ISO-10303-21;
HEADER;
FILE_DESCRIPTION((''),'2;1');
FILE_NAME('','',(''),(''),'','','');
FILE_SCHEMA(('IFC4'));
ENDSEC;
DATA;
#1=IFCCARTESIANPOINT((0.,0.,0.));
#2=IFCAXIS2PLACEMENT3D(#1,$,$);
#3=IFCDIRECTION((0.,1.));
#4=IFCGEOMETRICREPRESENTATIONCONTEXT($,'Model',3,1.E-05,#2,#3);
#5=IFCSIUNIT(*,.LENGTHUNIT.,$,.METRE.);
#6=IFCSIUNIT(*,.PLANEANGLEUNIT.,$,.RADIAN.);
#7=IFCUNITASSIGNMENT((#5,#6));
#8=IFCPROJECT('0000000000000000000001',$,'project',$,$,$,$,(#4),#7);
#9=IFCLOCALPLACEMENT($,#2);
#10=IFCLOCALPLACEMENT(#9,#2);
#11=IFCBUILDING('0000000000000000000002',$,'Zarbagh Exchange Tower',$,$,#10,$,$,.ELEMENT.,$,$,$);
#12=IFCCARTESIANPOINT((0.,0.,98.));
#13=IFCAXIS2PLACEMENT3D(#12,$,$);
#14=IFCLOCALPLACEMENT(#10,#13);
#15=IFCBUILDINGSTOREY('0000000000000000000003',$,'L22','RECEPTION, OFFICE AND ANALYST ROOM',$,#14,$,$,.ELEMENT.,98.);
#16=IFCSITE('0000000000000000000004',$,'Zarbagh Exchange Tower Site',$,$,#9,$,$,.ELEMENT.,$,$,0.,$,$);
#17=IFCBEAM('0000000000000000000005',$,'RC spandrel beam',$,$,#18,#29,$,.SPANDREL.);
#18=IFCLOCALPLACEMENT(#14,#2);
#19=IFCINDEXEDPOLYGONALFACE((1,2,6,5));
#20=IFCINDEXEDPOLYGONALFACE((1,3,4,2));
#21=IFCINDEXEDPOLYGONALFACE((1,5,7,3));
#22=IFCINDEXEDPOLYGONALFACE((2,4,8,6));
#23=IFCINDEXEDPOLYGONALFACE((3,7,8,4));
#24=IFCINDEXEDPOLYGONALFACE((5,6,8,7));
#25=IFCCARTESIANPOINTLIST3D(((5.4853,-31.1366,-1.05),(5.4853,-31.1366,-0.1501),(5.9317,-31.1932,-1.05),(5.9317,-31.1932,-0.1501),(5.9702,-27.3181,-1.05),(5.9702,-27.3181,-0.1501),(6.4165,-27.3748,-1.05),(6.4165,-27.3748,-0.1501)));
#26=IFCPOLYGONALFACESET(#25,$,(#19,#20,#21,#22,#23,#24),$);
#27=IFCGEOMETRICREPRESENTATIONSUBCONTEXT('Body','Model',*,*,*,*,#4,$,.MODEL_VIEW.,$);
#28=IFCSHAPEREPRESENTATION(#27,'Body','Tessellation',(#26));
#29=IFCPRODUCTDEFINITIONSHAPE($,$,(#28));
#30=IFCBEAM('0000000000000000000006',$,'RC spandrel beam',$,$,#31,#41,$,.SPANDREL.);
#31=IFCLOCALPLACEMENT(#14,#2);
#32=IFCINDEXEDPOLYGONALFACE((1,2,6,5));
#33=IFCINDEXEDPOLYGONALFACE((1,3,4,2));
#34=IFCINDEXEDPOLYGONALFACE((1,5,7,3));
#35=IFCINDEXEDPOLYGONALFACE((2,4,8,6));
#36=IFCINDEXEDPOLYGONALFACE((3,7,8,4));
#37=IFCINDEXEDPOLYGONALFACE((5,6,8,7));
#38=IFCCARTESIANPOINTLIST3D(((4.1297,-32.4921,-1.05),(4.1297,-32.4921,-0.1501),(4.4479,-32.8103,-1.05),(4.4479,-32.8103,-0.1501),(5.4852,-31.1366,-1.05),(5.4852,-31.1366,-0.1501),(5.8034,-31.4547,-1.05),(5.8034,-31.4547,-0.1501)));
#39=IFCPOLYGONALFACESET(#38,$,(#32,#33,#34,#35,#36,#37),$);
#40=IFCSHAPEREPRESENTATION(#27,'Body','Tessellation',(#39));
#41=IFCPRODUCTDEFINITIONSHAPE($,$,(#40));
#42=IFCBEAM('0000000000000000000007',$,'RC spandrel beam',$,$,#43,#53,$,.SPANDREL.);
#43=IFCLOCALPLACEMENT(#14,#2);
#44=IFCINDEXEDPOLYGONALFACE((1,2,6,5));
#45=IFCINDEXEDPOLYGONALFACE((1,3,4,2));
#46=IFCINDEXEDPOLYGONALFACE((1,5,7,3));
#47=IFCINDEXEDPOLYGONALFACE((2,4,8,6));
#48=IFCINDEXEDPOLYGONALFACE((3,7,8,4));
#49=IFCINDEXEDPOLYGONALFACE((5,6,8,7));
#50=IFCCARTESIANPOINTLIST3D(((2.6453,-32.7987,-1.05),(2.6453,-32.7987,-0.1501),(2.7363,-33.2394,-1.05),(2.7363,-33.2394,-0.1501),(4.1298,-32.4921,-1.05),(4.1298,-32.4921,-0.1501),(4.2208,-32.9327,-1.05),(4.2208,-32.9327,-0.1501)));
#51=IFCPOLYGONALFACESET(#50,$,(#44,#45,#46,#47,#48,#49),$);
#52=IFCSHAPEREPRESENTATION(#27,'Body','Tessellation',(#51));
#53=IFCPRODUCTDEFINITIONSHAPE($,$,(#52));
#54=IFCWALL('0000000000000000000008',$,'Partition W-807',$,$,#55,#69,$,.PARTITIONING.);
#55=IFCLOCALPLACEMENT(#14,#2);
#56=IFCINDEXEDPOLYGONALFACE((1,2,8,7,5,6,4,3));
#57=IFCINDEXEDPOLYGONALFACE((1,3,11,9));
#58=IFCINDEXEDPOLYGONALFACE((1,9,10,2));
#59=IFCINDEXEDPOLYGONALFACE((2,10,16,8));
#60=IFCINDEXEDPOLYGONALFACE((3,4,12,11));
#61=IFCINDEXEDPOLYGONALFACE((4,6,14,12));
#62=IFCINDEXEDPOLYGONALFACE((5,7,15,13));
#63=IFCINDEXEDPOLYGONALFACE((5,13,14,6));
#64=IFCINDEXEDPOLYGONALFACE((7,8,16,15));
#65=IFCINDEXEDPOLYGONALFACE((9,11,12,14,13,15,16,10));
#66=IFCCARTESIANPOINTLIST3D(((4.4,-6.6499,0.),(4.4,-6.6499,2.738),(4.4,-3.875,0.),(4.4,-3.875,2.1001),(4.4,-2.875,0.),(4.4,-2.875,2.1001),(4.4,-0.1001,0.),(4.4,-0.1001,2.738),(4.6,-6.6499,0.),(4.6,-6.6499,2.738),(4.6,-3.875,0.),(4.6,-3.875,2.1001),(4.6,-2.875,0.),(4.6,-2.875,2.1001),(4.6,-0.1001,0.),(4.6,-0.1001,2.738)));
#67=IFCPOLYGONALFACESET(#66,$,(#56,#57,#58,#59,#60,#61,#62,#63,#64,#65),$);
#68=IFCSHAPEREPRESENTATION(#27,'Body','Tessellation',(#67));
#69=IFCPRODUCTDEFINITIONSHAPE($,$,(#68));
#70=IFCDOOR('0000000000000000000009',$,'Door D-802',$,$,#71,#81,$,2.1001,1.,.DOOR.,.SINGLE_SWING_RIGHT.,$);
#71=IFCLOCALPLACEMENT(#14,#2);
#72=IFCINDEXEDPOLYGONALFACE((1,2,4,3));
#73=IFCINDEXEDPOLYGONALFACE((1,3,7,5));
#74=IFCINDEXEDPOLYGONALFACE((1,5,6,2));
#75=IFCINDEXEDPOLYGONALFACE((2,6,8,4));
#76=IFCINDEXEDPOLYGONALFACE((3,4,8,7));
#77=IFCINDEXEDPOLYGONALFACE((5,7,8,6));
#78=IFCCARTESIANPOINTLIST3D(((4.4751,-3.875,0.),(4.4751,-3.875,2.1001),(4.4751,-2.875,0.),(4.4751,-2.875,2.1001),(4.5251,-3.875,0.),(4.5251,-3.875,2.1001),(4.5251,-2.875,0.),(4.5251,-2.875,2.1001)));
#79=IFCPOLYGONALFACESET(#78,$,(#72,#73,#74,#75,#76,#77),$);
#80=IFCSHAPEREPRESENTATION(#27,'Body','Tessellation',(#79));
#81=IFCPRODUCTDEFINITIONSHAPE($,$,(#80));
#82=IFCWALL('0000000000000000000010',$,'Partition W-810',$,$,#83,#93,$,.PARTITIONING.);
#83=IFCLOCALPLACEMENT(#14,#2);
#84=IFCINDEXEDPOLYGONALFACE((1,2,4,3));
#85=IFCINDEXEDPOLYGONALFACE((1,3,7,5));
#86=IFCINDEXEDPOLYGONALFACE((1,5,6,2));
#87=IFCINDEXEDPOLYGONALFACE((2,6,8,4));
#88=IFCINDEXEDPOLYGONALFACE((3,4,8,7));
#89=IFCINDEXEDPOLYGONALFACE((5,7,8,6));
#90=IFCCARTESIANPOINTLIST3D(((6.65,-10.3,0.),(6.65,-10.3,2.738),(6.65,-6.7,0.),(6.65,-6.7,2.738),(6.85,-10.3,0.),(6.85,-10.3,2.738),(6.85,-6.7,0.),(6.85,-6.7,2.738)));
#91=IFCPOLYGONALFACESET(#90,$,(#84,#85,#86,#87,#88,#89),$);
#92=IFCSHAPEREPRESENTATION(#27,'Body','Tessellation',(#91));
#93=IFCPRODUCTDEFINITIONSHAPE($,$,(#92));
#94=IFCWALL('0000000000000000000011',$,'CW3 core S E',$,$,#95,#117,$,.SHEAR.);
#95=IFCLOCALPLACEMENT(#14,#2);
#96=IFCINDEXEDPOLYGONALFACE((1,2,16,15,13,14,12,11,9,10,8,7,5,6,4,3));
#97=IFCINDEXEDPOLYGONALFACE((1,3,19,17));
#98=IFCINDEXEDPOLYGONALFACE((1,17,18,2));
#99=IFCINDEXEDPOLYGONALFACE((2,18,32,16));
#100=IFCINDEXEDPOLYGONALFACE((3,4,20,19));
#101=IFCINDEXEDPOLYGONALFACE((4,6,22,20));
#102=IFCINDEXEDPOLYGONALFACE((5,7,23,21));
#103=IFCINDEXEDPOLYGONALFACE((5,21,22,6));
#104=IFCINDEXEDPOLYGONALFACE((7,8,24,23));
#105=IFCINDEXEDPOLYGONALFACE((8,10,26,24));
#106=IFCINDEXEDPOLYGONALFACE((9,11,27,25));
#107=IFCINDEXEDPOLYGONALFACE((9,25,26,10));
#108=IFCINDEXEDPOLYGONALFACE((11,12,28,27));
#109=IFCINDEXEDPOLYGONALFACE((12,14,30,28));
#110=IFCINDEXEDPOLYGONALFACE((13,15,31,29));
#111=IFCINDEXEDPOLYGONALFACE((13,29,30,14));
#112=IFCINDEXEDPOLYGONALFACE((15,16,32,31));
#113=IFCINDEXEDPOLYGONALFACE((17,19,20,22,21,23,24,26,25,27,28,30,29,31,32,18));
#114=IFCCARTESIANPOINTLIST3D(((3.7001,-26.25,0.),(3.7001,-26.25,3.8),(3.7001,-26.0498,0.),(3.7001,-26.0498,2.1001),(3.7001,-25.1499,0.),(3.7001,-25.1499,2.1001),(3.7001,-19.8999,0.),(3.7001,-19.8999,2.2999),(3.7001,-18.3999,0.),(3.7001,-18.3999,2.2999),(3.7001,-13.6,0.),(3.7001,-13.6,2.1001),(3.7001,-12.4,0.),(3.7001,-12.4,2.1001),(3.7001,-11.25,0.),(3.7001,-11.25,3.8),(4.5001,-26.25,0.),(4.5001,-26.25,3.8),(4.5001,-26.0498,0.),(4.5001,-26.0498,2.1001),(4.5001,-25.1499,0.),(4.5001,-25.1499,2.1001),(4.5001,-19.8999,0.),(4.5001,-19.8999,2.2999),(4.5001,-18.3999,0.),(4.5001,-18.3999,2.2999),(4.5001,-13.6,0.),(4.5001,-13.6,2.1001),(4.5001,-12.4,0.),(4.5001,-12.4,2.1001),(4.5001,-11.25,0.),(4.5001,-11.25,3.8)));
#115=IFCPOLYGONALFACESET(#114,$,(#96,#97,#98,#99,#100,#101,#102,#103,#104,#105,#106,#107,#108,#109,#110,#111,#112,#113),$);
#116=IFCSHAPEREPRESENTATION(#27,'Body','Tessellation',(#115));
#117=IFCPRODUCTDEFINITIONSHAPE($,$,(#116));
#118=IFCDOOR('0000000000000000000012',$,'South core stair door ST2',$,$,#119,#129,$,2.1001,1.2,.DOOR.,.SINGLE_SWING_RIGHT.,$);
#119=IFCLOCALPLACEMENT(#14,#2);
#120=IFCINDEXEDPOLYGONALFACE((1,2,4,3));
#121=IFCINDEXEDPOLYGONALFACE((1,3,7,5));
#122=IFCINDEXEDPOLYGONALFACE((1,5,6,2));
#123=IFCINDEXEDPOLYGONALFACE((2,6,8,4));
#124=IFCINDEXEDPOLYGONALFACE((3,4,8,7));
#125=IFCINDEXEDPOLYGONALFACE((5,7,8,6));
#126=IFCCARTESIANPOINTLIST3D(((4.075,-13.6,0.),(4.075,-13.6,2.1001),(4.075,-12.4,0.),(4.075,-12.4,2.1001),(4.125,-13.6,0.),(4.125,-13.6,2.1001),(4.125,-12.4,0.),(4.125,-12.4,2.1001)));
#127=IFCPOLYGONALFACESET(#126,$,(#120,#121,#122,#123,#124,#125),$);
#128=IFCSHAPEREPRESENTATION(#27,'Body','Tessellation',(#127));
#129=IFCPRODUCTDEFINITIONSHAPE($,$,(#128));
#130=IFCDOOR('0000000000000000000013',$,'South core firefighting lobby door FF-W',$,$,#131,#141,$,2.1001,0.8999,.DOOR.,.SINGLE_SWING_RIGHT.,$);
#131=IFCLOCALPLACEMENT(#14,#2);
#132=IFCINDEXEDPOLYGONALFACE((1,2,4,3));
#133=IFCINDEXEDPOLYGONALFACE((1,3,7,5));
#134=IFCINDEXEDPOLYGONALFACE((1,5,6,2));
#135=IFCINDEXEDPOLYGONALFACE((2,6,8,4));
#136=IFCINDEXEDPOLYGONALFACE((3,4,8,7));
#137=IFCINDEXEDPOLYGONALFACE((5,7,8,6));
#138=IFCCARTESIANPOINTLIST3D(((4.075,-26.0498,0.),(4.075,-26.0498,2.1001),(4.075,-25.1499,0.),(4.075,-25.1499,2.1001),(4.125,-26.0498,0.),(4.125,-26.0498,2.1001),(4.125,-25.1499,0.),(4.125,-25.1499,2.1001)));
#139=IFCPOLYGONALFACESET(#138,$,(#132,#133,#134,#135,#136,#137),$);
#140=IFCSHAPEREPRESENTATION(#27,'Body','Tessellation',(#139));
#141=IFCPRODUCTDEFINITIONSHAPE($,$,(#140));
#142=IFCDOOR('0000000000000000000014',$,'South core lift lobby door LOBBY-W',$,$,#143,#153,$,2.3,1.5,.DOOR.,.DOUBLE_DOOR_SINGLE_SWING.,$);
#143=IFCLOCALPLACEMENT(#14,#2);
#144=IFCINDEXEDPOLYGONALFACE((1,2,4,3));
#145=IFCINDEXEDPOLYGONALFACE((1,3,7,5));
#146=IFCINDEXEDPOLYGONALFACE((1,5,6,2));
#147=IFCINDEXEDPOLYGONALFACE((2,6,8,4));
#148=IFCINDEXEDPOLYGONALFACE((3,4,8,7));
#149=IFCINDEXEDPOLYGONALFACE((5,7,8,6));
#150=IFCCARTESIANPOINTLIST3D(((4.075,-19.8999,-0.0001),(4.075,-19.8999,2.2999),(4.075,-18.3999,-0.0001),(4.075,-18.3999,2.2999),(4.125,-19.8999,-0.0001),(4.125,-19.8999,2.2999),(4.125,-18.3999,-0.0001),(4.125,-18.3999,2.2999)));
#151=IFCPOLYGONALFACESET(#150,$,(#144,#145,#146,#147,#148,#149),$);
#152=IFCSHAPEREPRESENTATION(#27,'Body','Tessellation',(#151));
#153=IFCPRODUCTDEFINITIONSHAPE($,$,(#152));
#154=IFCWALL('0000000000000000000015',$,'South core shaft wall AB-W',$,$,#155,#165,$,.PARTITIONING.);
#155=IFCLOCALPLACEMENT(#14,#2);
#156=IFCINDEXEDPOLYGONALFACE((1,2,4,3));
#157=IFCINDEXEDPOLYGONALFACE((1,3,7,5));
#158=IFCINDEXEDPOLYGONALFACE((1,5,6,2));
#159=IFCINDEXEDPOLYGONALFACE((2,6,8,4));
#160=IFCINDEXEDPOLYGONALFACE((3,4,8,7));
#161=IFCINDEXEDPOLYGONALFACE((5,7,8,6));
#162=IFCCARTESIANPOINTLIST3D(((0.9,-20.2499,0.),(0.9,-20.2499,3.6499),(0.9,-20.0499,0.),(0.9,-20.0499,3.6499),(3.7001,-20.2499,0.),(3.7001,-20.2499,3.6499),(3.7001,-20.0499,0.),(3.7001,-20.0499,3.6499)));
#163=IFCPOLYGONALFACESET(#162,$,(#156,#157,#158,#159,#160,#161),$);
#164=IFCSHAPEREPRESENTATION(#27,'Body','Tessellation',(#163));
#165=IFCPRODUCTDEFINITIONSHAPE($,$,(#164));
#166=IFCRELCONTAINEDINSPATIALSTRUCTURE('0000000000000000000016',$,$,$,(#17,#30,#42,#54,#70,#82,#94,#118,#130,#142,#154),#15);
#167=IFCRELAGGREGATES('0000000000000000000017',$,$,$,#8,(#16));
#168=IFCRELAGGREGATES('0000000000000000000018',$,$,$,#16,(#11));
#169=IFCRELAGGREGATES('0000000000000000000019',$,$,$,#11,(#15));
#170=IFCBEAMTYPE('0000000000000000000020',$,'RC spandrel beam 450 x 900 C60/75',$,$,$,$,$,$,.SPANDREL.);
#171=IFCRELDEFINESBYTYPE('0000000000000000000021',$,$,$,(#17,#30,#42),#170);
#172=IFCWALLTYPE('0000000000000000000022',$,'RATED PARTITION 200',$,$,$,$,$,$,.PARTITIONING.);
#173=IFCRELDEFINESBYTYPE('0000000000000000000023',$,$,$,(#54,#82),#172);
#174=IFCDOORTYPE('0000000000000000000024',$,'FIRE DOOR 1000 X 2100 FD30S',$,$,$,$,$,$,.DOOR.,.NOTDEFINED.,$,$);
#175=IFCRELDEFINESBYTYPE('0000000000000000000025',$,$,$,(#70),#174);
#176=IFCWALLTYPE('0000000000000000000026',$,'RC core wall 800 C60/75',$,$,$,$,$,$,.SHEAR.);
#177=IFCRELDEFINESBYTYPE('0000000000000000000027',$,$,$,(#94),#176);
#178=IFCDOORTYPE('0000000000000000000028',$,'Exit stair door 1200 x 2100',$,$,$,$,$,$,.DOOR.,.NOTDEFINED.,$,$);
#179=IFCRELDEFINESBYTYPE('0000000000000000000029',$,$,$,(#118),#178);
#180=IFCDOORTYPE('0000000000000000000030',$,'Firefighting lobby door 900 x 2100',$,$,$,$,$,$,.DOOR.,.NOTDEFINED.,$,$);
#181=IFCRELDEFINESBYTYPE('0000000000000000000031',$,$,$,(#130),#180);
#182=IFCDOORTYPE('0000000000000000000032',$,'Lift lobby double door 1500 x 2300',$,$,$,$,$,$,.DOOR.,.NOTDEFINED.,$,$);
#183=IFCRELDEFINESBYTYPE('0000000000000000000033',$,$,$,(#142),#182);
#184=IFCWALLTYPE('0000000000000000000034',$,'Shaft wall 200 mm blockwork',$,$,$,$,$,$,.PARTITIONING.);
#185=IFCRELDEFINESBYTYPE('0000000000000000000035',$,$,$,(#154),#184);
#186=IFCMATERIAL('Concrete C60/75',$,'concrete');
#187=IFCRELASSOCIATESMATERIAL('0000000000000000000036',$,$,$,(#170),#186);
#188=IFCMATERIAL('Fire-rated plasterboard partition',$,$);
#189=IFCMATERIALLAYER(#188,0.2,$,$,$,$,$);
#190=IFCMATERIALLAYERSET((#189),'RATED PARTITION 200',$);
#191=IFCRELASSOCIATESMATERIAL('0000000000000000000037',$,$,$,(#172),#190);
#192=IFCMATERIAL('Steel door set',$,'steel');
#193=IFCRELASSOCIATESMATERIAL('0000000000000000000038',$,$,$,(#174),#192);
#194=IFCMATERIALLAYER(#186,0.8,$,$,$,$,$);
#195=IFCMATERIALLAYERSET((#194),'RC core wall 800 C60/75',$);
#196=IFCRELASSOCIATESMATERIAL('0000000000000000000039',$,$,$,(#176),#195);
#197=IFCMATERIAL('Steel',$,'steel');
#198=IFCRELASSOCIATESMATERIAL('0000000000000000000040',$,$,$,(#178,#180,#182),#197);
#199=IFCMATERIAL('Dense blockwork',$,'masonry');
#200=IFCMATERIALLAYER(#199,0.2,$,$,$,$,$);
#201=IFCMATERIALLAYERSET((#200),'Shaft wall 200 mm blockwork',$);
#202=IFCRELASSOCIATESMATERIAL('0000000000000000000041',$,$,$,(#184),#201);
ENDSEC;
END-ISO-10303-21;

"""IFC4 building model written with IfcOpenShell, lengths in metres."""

from ifc_helpers import new_model, si_unit, direction, frame, frame_2d, origin, origin_2d, place, context, subcontext, project, spatial, rectangle, extrude, material, layer, layer_set, material_profile, profile_set, type_object, element, fill, save


model = new_model("IFC4")

# Units and contexts
model_context = context("Model", 3, precision=1e-05, world=origin(), true_north=direction((0.0, 1.0)))
body_context = subcontext(model_context, "Body", "Model", "MODEL_VIEW")
ifc_project = project(units=[si_unit("LENGTHUNIT", "METRE"), si_unit("PLANEANGLEUNIT", "RADIAN")], contexts=[model_context])

# Site, building, storey
site_placement = place(None, origin())
site = spatial("IfcSite", under=ifc_project, at=site_placement, Name="Zarbagh Exchange Tower Site", CompositionType="ELEMENT", RefElevation=0.0)
building_placement = place(site_placement, origin())
building = spatial("IfcBuilding", under=site, at=building_placement, Name="Zarbagh Exchange Tower", CompositionType="ELEMENT")
storey_placement = place(building_placement, frame((0.0, 0.0, 98.0)))
storey = spatial("IfcBuildingStorey", under=building, at=storey_placement, Name="L22", Description="RECEPTION, OFFICE AND ANALYST ROOM", CompositionType="ELEMENT", Elevation=98.0)

# Shared definitions
ifc_material_1 = material(Name="Concrete C60/75", Category="concrete")

# Beams
ifc_material_profile_1 = material_profile(ifc_material_1, rectangle(XDim=0.45, YDim=0.8999, at=origin_2d()), Name="RC spandrel beam 450 x 900 C60/75")
ifc_profile_set_1 = profile_set([ifc_material_profile_1], Name="Concrete C60/75")
beam_type_1 = type_object("IfcBeamType", Name="RC spandrel beam 450 x 900 C60/75", PredefinedType="SPANDREL", material=ifc_profile_set_1)
beam_1_placement = place(storey_placement, frame((6.1934, -27.3464, -0.6001), z_axis=(-0.125971, -0.992034, 0.0), x_axis=(0.992034, -0.125971, 0.0)))
element("IfcBeam", 1, at=beam_1_placement, inside=storey, type_object=beam_type_1, Name="RC spandrel beam", PredefinedType="SPANDREL", context=body_context, shape_type="SweptSolid", body=[
    extrude(rectangle(XDim=0.45, YDim=0.8999, at=origin_2d()), origin(), (0.0, 0.0, 1.0), 3.8491),
])
beam_2_placement = place(storey_placement, frame((5.6443, -31.2957, -0.6001), z_axis=(-0.707107, -0.707107, 0.0), x_axis=(0.707107, -0.707107, 0.0)))
element("IfcBeam", 2, at=beam_2_placement, inside=storey, type_object=beam_type_1, Name="RC spandrel beam", PredefinedType="SPANDREL", context=body_context, shape_type="SweptSolid", body=[
    extrude(rectangle(XDim=0.45, YDim=0.8999, at=origin_2d()), origin(), (0.0, 0.0, 1.0), 1.917),
])
beam_3_placement = place(storey_placement, frame((4.1753, -32.7124, -0.6001), z_axis=(-0.979329, -0.202275, 0.0), x_axis=(0.202275, -0.979329, 0.0)))
element("IfcBeam", 3, at=beam_3_placement, inside=storey, type_object=beam_type_1, Name="RC spandrel beam", PredefinedType="SPANDREL", context=body_context, shape_type="SweptSolid", body=[
    extrude(rectangle(XDim=0.45, YDim=0.8999, at=origin_2d()), origin(), (0.0, 0.0, 1.0), 1.5159),
])

# Wall, opening, door
ifc_material_2 = material(Name="Fire-rated plasterboard partition")
ifc_layer_1 = layer(ifc_material_2, 0.2)
ifc_layer_set_1 = layer_set([ifc_layer_1], Name="RATED PARTITION 200")
wall_type_1 = type_object("IfcWallType", Name="RATED PARTITION 200", PredefinedType="PARTITIONING", material=ifc_layer_set_1)
wall_1_placement = place(storey_placement, frame((4.5, -6.6499, 0.0), z_axis=(0.0, 0.0, 1.0), x_axis=(0.0, 1.0, 0.0)))
wall_1 = element("IfcWall", 4, at=wall_1_placement, inside=storey, type_object=wall_type_1, Name="Partition W-807", PredefinedType="PARTITIONING", context=body_context, shape_type="SweptSolid", body=[
    extrude(rectangle(XDim=6.5498, YDim=0.2, at=frame_2d((3.2749, 0.0))), origin(), (0.0, 0.0, 1.0), 2.738),
])
opening_1_placement = place(wall_1_placement, frame((2.7749, 0.0, 0.0)))
opening_1 = element("IfcOpeningElement", 5, at=opening_1_placement, cuts=wall_1, PredefinedType="OPENING", context=body_context, shape_type="SweptSolid", body=[
    extrude(rectangle(XDim=1.0, YDim=2.1001, at=frame_2d((0.5, 1.05))), frame((0.0, 0.1099, 0.0), z_axis=(0.0, -1.0, 0.0), x_axis=(1.0, 0.0, 0.0)), (0.0, 0.0, 1.0), 0.22),
])
ifc_material_3 = material(Name="Steel door set", Category="steel")
door_type_1 = type_object("IfcDoorType", Name="FIRE DOOR 1000 X 2100 FD30S", OperationType="NOTDEFINED", PredefinedType="DOOR", material=ifc_material_3)
door_1_placement = place(opening_1_placement, origin())
door_1 = element("IfcDoor", 6, at=door_1_placement, inside=storey, type_object=door_type_1, Name="Door D-802", OperationType="SINGLE_SWING_RIGHT", OverallHeight=2.1001, OverallWidth=1.0, PredefinedType="DOOR", context=body_context, shape_type="SweptSolid", body=[
    extrude(rectangle(XDim=1.0, YDim=2.1001, at=frame_2d((0.5, 1.05))), frame((0.0, 0.0249, 0.0), z_axis=(0.0, -1.0, 0.0), x_axis=(1.0, 0.0, 0.0)), (0.0, 0.0, 1.0), 0.05),
])
fill(opening_1, door_1)

# Wall
wall_2_placement = place(storey_placement, frame((6.75, -10.3, 0.0), z_axis=(0.0, 0.0, 1.0), x_axis=(0.0, 1.0, 0.0)))
element("IfcWall", 7, at=wall_2_placement, inside=storey, type_object=wall_type_1, Name="Partition W-810", PredefinedType="PARTITIONING", context=body_context, shape_type="SweptSolid", body=[
    extrude(rectangle(XDim=3.6001, YDim=0.2, at=frame_2d((1.8, 0.0))), origin(), (0.0, 0.0, 1.0), 2.738),
])

# Wall, openings, doors
ifc_layer_2 = layer(ifc_material_1, 0.8)
ifc_layer_set_2 = layer_set([ifc_layer_2], Name="RC core wall 800 C60/75")
wall_type_2 = type_object("IfcWallType", Name="RC core wall 800 C60/75", PredefinedType="SHEAR", material=ifc_layer_set_2)
wall_3_placement = place(storey_placement, frame((4.1001, -11.25, 0.0), z_axis=(0.0, 0.0, 1.0), x_axis=(0.0, -1.0, 0.0)))
wall_3 = element("IfcWall", 8, at=wall_3_placement, inside=storey, type_object=wall_type_2, Name="CW3 core S E", PredefinedType="SHEAR", context=body_context, shape_type="SweptSolid", body=[
    extrude(rectangle(XDim=15.0, YDim=0.8, at=frame_2d((7.5, 0.0))), origin(), (0.0, 0.0, 1.0), 3.8),
])
opening_2_placement = place(wall_3_placement, frame((7.1499, 0.0, 0.0)))
opening_2 = element("IfcOpeningElement", 9, at=opening_2_placement, cuts=wall_3, PredefinedType="OPENING", context=body_context, shape_type="SweptSolid", body=[
    extrude(rectangle(XDim=1.5, YDim=2.3, at=frame_2d((0.75, 1.1499))), frame((0.0, 0.4099, 0.0), z_axis=(0.0, -1.0, 0.0), x_axis=(1.0, 0.0, 0.0)), (0.0, 0.0, 1.0), 0.8201),
])
opening_3_placement = place(wall_3_placement, frame((13.8999, 0.0, 0.0)))
opening_3 = element("IfcOpeningElement", 10, at=opening_3_placement, cuts=wall_3, PredefinedType="OPENING", context=body_context, shape_type="SweptSolid", body=[
    extrude(rectangle(XDim=0.8999, YDim=2.1001, at=frame_2d((0.45, 1.05))), frame((0.0, 0.4099, 0.0), z_axis=(0.0, -1.0, 0.0), x_axis=(1.0, 0.0, 0.0)), (0.0, 0.0, 1.0), 0.8201),
])
opening_4_placement = place(wall_3_placement, frame((1.1499, 0.0, 0.0)))
opening_4 = element("IfcOpeningElement", 11, at=opening_4_placement, cuts=wall_3, PredefinedType="OPENING", context=body_context, shape_type="SweptSolid", body=[
    extrude(rectangle(XDim=1.2, YDim=2.1001, at=frame_2d((0.6001, 1.05))), frame((0.0, 0.4099, 0.0), z_axis=(0.0, -1.0, 0.0), x_axis=(1.0, 0.0, 0.0)), (0.0, 0.0, 1.0), 0.8201),
])
ifc_material_4 = material(Name="Steel", Category="steel")
door_type_2 = type_object("IfcDoorType", Name="Exit stair door 1200 x 2100", OperationType="NOTDEFINED", PredefinedType="DOOR", material=ifc_material_4)
door_2_placement = place(opening_4_placement, origin())
door_2 = element("IfcDoor", 12, at=door_2_placement, inside=storey, type_object=door_type_2, Name="South core stair door ST2", OperationType="SINGLE_SWING_RIGHT", OverallHeight=2.1001, OverallWidth=1.2, PredefinedType="DOOR", context=body_context, shape_type="SweptSolid", body=[
    extrude(rectangle(XDim=1.2, YDim=2.1001, at=frame_2d((0.6001, 1.05))), frame((0.0, 0.0249, 0.0), z_axis=(0.0, -1.0, 0.0), x_axis=(1.0, 0.0, 0.0)), (0.0, 0.0, 1.0), 0.05),
])
fill(opening_4, door_2)
door_type_3 = type_object("IfcDoorType", Name="Firefighting lobby door 900 x 2100", OperationType="NOTDEFINED", PredefinedType="DOOR", material=ifc_material_4)
door_3_placement = place(opening_3_placement, origin())
door_3 = element("IfcDoor", 13, at=door_3_placement, inside=storey, type_object=door_type_3, Name="South core firefighting lobby door FF-W", OperationType="SINGLE_SWING_RIGHT", OverallHeight=2.1001, OverallWidth=0.8999, PredefinedType="DOOR", context=body_context, shape_type="SweptSolid", body=[
    extrude(rectangle(XDim=0.8999, YDim=2.1001, at=frame_2d((0.45, 1.05))), frame((0.0, 0.0249, 0.0), z_axis=(0.0, -1.0, 0.0), x_axis=(1.0, 0.0, 0.0)), (0.0, 0.0, 1.0), 0.05),
])
fill(opening_3, door_3)
door_type_4 = type_object("IfcDoorType", Name="Lift lobby double door 1500 x 2300", OperationType="NOTDEFINED", PredefinedType="DOOR", material=ifc_material_4)
door_4_placement = place(opening_2_placement, origin())
door_4 = element("IfcDoor", 14, at=door_4_placement, inside=storey, type_object=door_type_4, Name="South core lift lobby door LOBBY-W", OperationType="DOUBLE_DOOR_SINGLE_SWING", OverallHeight=2.3, OverallWidth=1.5, PredefinedType="DOOR", context=body_context, shape_type="SweptSolid", body=[
    extrude(rectangle(XDim=1.5, YDim=2.3, at=frame_2d((0.75, 1.1499))), frame((0.0, 0.0249, 0.0), z_axis=(0.0, -1.0, 0.0), x_axis=(1.0, 0.0, 0.0)), (0.0, 0.0, 1.0), 0.05),
])
fill(opening_2, door_4)

# Wall
ifc_material_5 = material(Name="Dense blockwork", Category="masonry")
ifc_layer_3 = layer(ifc_material_5, 0.2)
ifc_layer_set_3 = layer_set([ifc_layer_3], Name="Shaft wall 200 mm blockwork")
wall_type_3 = type_object("IfcWallType", Name="Shaft wall 200 mm blockwork", PredefinedType="PARTITIONING", material=ifc_layer_set_3)
wall_4_placement = place(storey_placement, frame((3.7, -20.1499, 0.0), z_axis=(0.0, 0.0, 1.0), x_axis=(-1.0, 0.0, 0.0)))
element("IfcWall", 15, at=wall_4_placement, inside=storey, type_object=wall_type_3, Name="South core shaft wall AB-W", PredefinedType="PARTITIONING", context=body_context, shape_type="SweptSolid", body=[
    extrude(rectangle(XDim=2.8, YDim=0.2, at=frame_2d((1.3999, 0.0))), origin(), (0.0, 0.0, 1.0), 3.6499),
])

save(model, "model.ifc")
